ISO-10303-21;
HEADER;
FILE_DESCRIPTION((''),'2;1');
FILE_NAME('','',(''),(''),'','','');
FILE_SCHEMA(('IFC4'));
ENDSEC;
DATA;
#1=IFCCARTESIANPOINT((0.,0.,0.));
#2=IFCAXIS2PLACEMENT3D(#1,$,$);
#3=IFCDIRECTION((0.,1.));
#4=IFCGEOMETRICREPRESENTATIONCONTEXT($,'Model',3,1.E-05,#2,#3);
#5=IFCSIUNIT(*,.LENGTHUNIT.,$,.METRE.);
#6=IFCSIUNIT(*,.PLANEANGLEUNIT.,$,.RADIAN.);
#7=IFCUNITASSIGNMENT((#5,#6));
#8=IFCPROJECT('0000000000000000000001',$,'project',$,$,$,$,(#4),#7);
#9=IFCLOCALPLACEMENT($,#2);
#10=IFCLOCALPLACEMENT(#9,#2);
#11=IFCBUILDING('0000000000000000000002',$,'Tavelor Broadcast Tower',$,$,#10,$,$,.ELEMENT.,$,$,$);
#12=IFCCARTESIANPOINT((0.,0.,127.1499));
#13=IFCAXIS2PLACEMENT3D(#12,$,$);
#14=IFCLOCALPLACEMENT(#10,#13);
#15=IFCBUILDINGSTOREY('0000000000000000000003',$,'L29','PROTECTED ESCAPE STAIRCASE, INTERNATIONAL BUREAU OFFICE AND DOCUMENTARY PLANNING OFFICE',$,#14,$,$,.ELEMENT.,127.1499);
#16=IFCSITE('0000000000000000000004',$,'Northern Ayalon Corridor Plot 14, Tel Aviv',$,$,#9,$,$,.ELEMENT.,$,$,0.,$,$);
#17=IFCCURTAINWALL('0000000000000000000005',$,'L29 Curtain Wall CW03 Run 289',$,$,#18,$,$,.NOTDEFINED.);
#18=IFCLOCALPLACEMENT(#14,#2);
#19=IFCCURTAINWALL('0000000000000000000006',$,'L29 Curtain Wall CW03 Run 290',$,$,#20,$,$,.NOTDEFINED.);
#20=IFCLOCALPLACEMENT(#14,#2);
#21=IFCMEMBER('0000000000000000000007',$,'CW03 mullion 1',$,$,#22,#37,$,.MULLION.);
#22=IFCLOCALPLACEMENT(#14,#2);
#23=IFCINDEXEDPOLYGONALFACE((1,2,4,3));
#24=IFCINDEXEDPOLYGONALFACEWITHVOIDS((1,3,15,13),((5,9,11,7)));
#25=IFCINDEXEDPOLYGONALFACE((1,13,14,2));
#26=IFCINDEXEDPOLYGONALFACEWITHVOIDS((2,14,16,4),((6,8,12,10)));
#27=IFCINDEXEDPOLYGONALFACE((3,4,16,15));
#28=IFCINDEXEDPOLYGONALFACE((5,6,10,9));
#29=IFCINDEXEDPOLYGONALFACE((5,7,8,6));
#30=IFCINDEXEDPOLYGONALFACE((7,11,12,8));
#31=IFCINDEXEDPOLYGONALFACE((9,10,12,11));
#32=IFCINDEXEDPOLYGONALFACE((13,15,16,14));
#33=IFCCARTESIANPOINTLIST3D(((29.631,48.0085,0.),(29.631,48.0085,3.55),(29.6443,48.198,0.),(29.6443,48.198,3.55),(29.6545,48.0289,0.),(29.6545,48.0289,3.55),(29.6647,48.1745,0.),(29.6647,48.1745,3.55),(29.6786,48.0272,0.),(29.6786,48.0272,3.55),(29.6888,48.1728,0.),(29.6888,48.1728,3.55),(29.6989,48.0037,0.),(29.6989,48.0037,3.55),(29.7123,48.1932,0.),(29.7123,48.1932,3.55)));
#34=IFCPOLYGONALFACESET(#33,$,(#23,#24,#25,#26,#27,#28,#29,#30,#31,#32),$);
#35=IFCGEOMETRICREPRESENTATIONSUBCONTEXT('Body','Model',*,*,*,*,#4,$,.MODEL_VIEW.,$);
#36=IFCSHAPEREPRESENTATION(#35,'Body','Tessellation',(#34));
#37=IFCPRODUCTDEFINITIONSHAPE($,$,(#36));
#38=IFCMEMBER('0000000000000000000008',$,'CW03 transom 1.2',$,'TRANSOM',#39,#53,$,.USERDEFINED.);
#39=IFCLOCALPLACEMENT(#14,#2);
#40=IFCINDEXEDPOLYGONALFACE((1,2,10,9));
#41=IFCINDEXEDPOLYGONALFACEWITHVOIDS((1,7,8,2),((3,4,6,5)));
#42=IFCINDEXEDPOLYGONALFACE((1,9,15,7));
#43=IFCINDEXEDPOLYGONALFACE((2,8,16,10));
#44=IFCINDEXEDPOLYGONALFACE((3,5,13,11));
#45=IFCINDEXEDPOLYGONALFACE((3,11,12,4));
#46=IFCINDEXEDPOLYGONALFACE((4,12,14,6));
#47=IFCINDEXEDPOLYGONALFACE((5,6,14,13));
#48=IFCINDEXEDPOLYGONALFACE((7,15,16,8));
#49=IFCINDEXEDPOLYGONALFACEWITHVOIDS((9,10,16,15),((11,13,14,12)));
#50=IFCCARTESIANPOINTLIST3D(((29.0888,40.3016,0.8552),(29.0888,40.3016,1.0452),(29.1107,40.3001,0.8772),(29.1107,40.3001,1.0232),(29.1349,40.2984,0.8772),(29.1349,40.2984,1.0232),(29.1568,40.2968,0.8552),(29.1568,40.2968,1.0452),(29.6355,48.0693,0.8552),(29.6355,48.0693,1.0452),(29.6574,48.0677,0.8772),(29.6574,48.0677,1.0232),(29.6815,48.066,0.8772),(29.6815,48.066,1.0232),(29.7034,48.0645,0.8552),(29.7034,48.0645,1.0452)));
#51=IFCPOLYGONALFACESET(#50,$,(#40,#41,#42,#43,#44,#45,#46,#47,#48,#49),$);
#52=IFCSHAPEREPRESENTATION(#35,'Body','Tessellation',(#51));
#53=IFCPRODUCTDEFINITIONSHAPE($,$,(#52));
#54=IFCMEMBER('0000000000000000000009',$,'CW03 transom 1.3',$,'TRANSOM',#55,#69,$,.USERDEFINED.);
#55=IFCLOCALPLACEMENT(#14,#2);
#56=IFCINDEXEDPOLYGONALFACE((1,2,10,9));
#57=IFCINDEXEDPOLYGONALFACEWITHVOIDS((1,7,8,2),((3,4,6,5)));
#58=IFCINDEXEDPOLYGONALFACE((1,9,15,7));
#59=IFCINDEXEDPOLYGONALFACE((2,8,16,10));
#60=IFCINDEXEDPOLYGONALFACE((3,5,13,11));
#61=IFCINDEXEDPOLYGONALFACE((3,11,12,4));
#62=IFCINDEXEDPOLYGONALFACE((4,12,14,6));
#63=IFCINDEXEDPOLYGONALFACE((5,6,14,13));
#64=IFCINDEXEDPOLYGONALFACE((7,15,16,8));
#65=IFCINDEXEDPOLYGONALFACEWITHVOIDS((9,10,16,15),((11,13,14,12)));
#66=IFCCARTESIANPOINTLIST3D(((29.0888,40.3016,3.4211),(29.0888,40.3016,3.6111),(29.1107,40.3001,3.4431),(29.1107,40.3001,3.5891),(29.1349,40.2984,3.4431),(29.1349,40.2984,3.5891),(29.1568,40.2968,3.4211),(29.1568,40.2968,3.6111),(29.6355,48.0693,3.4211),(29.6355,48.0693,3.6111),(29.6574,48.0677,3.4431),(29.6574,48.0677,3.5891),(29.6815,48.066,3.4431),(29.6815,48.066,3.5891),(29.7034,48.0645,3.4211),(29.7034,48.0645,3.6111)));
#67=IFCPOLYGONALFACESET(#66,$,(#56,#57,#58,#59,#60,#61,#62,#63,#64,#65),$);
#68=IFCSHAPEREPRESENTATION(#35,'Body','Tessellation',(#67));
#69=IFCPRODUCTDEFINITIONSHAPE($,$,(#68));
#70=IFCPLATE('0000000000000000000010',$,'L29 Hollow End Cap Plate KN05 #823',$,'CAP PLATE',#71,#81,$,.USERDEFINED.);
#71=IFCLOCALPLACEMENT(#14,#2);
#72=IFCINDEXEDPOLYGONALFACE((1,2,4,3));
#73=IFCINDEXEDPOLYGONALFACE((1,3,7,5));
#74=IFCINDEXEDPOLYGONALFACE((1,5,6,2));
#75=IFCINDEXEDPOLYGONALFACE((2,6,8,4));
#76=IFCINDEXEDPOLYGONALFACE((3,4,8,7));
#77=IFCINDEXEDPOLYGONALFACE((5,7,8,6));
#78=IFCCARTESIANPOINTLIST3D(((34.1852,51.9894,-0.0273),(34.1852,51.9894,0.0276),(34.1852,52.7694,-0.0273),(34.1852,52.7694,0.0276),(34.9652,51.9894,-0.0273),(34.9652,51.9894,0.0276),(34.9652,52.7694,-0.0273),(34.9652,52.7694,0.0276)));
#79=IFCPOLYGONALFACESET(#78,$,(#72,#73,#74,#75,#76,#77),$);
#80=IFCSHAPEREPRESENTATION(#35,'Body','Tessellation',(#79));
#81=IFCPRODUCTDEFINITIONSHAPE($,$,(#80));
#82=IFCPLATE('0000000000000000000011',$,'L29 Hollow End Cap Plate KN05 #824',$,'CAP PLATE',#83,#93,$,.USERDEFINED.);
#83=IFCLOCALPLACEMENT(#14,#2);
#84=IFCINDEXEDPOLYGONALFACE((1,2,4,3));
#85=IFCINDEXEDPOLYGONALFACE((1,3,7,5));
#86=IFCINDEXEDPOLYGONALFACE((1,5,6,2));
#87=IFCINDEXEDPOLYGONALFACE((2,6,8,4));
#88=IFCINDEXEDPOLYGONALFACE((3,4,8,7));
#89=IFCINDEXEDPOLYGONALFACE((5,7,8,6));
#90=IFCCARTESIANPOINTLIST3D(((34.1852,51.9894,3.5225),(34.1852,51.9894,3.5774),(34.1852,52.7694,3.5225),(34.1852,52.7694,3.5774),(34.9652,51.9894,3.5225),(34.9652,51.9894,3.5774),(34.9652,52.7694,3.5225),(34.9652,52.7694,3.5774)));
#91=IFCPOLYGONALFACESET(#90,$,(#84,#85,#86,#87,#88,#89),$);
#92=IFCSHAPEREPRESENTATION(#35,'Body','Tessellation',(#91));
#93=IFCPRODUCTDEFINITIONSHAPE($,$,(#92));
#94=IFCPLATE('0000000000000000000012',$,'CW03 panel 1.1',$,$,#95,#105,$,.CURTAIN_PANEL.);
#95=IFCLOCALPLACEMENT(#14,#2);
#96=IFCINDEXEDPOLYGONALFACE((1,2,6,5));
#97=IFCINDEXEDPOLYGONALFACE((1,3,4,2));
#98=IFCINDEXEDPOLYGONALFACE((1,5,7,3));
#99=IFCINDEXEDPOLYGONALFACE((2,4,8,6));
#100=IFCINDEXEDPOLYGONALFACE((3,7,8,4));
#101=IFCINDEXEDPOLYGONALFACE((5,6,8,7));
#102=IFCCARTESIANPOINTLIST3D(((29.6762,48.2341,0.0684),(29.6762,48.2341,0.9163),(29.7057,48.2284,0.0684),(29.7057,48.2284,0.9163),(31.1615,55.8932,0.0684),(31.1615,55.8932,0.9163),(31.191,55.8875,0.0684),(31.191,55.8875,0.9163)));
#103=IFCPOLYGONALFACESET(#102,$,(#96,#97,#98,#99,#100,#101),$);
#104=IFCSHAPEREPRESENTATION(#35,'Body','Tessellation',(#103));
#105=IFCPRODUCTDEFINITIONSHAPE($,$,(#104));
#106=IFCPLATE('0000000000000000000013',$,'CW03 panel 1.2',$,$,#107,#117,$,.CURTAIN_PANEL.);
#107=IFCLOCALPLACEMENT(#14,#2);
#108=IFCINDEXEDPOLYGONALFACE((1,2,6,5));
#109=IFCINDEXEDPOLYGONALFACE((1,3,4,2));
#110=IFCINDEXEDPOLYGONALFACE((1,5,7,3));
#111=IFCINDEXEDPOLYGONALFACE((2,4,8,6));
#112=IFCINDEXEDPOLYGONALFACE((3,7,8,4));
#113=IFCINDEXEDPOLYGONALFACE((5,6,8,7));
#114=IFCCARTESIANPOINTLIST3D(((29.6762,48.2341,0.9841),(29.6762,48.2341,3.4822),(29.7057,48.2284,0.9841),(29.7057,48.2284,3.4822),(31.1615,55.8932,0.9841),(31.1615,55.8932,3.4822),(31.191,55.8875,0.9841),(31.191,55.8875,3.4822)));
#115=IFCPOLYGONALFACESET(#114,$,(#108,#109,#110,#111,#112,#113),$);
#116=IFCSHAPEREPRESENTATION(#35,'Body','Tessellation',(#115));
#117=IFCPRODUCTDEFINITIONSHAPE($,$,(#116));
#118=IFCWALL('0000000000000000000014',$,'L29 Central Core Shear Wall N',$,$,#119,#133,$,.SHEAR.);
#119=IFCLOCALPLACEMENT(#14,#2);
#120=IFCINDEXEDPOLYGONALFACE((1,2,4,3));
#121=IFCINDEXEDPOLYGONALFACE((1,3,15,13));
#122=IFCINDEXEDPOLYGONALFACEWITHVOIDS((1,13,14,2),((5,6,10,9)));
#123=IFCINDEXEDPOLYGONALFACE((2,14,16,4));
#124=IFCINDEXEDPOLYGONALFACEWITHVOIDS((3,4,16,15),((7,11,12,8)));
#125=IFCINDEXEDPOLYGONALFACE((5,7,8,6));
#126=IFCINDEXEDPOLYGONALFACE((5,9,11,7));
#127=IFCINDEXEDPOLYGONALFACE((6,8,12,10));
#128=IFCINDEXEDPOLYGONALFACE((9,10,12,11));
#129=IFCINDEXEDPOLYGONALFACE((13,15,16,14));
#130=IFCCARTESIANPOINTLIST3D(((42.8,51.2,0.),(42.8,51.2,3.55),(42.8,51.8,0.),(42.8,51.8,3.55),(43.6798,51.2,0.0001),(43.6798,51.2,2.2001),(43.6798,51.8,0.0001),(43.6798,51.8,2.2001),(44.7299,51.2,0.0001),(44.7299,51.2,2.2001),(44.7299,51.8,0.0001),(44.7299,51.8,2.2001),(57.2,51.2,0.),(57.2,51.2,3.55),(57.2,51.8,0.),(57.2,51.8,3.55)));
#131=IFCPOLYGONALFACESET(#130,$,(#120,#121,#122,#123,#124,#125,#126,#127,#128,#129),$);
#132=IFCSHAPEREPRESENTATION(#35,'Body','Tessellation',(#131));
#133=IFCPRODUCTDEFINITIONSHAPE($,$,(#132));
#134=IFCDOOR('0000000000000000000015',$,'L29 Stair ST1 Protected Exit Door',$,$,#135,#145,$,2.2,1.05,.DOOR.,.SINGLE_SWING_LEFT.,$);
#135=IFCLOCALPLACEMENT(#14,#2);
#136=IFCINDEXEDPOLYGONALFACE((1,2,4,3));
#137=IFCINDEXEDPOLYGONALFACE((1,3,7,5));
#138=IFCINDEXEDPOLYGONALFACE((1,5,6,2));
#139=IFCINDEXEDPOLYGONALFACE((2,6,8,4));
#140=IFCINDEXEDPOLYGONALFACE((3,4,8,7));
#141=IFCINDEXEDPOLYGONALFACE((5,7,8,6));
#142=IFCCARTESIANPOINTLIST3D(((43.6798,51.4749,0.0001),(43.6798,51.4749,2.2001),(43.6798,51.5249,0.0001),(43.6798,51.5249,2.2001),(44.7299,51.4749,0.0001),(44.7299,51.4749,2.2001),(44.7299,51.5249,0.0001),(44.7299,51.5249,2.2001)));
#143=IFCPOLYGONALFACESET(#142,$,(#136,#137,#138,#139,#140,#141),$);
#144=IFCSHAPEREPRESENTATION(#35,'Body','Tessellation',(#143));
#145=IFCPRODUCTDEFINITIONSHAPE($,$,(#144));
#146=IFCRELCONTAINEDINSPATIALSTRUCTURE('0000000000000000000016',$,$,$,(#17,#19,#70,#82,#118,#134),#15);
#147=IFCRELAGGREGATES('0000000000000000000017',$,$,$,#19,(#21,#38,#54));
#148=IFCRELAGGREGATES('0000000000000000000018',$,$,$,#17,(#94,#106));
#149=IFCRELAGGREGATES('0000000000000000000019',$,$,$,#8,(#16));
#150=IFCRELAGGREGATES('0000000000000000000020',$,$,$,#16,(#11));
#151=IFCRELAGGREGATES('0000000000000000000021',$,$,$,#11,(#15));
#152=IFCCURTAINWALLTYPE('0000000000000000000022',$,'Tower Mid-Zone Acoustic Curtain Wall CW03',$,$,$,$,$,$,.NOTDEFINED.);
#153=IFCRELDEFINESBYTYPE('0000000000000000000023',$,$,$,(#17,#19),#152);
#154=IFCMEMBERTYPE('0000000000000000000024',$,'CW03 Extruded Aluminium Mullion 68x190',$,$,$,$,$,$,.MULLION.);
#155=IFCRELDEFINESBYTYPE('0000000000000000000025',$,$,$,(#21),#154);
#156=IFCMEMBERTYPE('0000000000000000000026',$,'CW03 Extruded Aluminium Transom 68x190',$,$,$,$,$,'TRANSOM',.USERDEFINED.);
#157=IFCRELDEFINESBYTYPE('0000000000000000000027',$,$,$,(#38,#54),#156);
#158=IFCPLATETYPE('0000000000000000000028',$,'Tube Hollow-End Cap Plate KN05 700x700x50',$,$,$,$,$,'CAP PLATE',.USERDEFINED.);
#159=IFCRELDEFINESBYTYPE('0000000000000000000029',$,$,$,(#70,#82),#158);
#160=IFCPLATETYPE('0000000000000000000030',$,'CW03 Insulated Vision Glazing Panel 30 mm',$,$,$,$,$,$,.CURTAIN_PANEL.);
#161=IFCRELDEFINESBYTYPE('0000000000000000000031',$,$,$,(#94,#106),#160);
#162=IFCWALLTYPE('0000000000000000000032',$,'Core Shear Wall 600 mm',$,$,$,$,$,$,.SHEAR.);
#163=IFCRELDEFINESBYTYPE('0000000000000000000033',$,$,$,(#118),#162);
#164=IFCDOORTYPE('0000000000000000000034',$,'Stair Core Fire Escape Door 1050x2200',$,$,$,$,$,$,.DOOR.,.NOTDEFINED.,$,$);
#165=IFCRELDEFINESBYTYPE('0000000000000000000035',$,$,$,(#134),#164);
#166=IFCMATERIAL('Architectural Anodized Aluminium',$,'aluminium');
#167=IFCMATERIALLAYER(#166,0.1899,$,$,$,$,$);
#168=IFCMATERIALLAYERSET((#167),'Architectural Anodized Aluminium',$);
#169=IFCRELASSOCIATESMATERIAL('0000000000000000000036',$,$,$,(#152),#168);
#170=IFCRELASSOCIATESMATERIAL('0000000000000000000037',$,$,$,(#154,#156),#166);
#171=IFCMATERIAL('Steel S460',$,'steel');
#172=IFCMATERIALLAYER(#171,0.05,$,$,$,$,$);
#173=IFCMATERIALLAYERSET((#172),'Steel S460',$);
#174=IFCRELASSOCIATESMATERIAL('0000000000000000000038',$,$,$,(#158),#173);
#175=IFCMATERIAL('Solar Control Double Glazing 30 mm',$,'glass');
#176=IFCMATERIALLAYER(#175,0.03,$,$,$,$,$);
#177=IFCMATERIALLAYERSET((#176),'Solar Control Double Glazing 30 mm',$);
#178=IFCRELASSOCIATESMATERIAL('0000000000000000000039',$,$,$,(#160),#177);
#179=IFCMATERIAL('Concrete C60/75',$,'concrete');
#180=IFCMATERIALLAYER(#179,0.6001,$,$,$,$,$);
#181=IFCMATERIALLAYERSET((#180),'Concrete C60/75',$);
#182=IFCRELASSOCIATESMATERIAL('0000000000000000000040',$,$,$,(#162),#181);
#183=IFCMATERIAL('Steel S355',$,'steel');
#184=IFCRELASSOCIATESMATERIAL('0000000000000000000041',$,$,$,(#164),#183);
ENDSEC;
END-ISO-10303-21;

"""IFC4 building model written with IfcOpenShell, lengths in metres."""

from ifc_helpers import new_model, si_unit, direction, frame, frame_2d, origin, origin_2d, place, context, subcontext, project, spatial, rectangle, hollow_rectangle, extrude, source, transform, mapped, material, layer, layer_set, material_profile, profile_set, type_object, type_shapes, element, fill, aggregate, save


model = new_model("IFC4")

# Units and contexts
model_context = context("Model", 3, precision=1e-05, world=origin(), true_north=direction((0.0, 1.0)))
body_context = subcontext(model_context, "Body", "Model", "MODEL_VIEW")
ifc_project = project(units=[si_unit("LENGTHUNIT", "METRE"), si_unit("PLANEANGLEUNIT", "RADIAN")], contexts=[model_context])

# Site, building, storey
site_placement = place(None, origin())
site = spatial("IfcSite", under=ifc_project, at=site_placement, Name="Northern Ayalon Corridor Plot 14, Tel Aviv", CompositionType="ELEMENT", RefElevation=0.0)
building_placement = place(site_placement, origin())
building = spatial("IfcBuilding", under=site, at=building_placement, Name="Tavelor Broadcast Tower", CompositionType="ELEMENT")
storey_placement = place(building_placement, frame((0.0, 0.0, 127.1499)))
storey = spatial("IfcBuildingStorey", under=building, at=storey_placement, Name="L29", Description="PROTECTED ESCAPE STAIRCASE, INTERNATIONAL BUREAU OFFICE AND DOCUMENTARY PLANNING OFFICE", CompositionType="ELEMENT", Elevation=127.1499)

# Shared definitions
ifc_material_1 = material(Name="Steel S460", Category="steel")

# Shared definitions
ifc_material_2 = material(Name="Steel S355", Category="steel")

# Curtain wall
ifc_material_3 = material(Name="Architectural Anodized Aluminium", Category="aluminium")
ifc_layer_1 = layer(ifc_material_3, 0.1899)
ifc_layer_set_1 = layer_set([ifc_layer_1], Name="Architectural Anodized Aluminium")
curtain_wall_type = type_object("IfcCurtainWallType", Name="Tower Mid-Zone Acoustic Curtain Wall CW03", PredefinedType="NOTDEFINED", material=ifc_layer_set_1)
curtain_wall_1_placement = place(storey_placement, origin())
curtain_wall_1 = element("IfcCurtainWall", 1, at=curtain_wall_1_placement, inside=storey, type_object=curtain_wall_type, Name="L29 Curtain Wall CW03 Run 289", PredefinedType="NOTDEFINED")
ifc_material_profile_1 = material_profile(ifc_material_3, hollow_rectangle(XDim=0.0681, YDim=0.1899, WallThickness=0.022, at=origin_2d()), Name="RHS 68x190x22")
ifc_profile_set_1 = profile_set([ifc_material_profile_1], Name="Architectural Anodized Aluminium")
member_type_1 = type_object("IfcMemberType", Name="CW03 Extruded Aluminium Mullion 68x190", PredefinedType="MULLION", material=ifc_profile_set_1)
shared_shape_1 = source(origin(), body_context, "Body", "SweptSolid", [
    extrude(hollow_rectangle(XDim=0.0681, YDim=0.1899, WallThickness=0.022, at=origin_2d()), origin(), (0.0, 0.0, 1.0), 3.55),
])
type_shapes(member_type_1, [shared_shape_1])

# Curtain wall, members
curtain_wall_2_placement = place(storey_placement, origin())
curtain_wall_2 = element("IfcCurtainWall", 2, at=curtain_wall_2_placement, inside=storey, type_object=curtain_wall_type, Name="L29 Curtain Wall CW03 Run 290", PredefinedType="NOTDEFINED")
member_1_placement = place(storey_placement, frame((29.6716, 48.1008, 0.0), z_axis=(0.0, 0.0, 1.0), x_axis=(0.997534, -0.070189, 0.0)))
member_1 = element("IfcMember", 3, at=member_1_placement, type_object=member_type_1, Name="CW03 mullion 1", PredefinedType="MULLION", context=body_context, shape_type="MappedRepresentation", body=[
    mapped(shared_shape_1, transform((0.0, 0.0, 0.0), scale=1.0)),
])
ifc_material_profile_2 = material_profile(ifc_material_3, hollow_rectangle(XDim=0.0681, YDim=0.1899, WallThickness=0.022, at=origin_2d()), Name="RHS 68x190x22")
ifc_profile_set_2 = profile_set([ifc_material_profile_2], Name="Architectural Anodized Aluminium")
member_type_2 = type_object("IfcMemberType", Name="CW03 Extruded Aluminium Transom 68x190", ElementType="TRANSOM", PredefinedType="USERDEFINED", material=ifc_profile_set_2)
shared_shape_2 = source(origin(), body_context, "Body", "SweptSolid", [
    extrude(hollow_rectangle(XDim=0.0681, YDim=0.1899, WallThickness=0.022, at=origin_2d()), origin(), (0.0, 0.0, 1.0), 7.7869),
])
type_shapes(member_type_2, [shared_shape_2])
member_2_placement = place(storey_placement, frame((29.6694, 48.0669, 0.9502), z_axis=(-0.0702, -0.997533, 0.0), x_axis=(0.997533, -0.0702, 0.0)))
member_2 = element("IfcMember", 4, at=member_2_placement, type_object=member_type_2, Name="CW03 transom 1.2", ObjectType="TRANSOM", PredefinedType="USERDEFINED", context=body_context, shape_type="MappedRepresentation", body=[
    mapped(shared_shape_2, transform((0.0, 0.0, 0.0), scale=1.0)),
])
member_3_placement = place(storey_placement, frame((29.6694, 48.0669, 3.5161), z_axis=(-0.0702, -0.997533, 0.0), x_axis=(0.997533, -0.0702, 0.0)))
member_3 = element("IfcMember", 5, at=member_3_placement, type_object=member_type_2, Name="CW03 transom 1.3", ObjectType="TRANSOM", PredefinedType="USERDEFINED", context=body_context, shape_type="MappedRepresentation", body=[
    mapped(shared_shape_2, transform((0.0, 0.0, 0.0), scale=1.0)),
])
aggregate(curtain_wall_2, [member_1, member_2, member_3])

# Plates
ifc_layer_2 = layer(ifc_material_1, 0.05)
ifc_layer_set_2 = layer_set([ifc_layer_2], Name="Steel S460")
plate_type_1 = type_object("IfcPlateType", Name="Tube Hollow-End Cap Plate KN05 700x700x50", ElementType="CAP PLATE", PredefinedType="USERDEFINED", material=ifc_layer_set_2)
shared_shape_3 = source(origin(), body_context, "Body", "SweptSolid", [
    extrude(rectangle(XDim=0.78, YDim=0.78, at=origin_2d()), origin(), (0.0, 0.0, 1.0), 0.0549),
])
type_shapes(plate_type_1, [shared_shape_3])
for number, where, z_axis, x_axis, name in (
    (6, (34.5752, 52.3794, -0.0273), (0.0, 0.0, 1.0), (1.0, 0.0, 0.0), "L29 Hollow End Cap Plate KN05 #823"),
    (7, (34.5752, 52.3794, 3.5225), (0.0, 0.0, 1.0), (1.0, 0.0, 0.0), "L29 Hollow End Cap Plate KN05 #824"),
):
    element("IfcPlate", number, at=place(storey_placement, frame(where, z_axis=z_axis, x_axis=x_axis)), inside=storey, type_object=plate_type_1, Name=name, ObjectType="CAP PLATE", PredefinedType="USERDEFINED", context=body_context, shape_type="MappedRepresentation", body=[
        mapped(shared_shape_3, transform((0.0, 0.0, 0.0), scale=1.0)),
    ])

# Plates
ifc_material_4 = material(Name="Solar Control Double Glazing 30 mm", Category="glass")
ifc_layer_3 = layer(ifc_material_4, 0.03)
ifc_layer_set_3 = layer_set([ifc_layer_3], Name="Solar Control Double Glazing 30 mm")
plate_type_2 = type_object("IfcPlateType", Name="CW03 Insulated Vision Glazing Panel 30 mm", PredefinedType="CURTAIN_PANEL", material=ifc_layer_set_3)
shared_shape_4 = source(origin(), body_context, "Body", "SweptSolid", [
    extrude(rectangle(XDim=7.8018, YDim=0.03, at=origin_2d()), origin(), (0.0, 0.0, 1.0), 0.8479),
])
plate_1_placement = place(storey_placement, frame((30.4336, 52.0608, 0.0684), z_axis=(0.0, 0.0, 1.0), x_axis=(-0.190378, -0.981711, 0.0)))
plate_1 = element("IfcPlate", 8, at=plate_1_placement, type_object=plate_type_2, Name="CW03 panel 1.1", PredefinedType="CURTAIN_PANEL", context=body_context, shape_type="MappedRepresentation", body=[
    mapped(shared_shape_4, transform((0.0, 0.0, 0.0), scale=1.0)),
])
shared_shape_5 = source(origin(), body_context, "Body", "SweptSolid", [
    extrude(rectangle(XDim=7.8018, YDim=0.03, at=origin_2d()), origin(), (0.0, 0.0, 1.0), 2.498),
])
type_shapes(plate_type_2, [shared_shape_4, shared_shape_5])
plate_2_placement = place(storey_placement, frame((30.4336, 52.0608, 0.9841), z_axis=(0.0, 0.0, 1.0), x_axis=(-0.190378, -0.981711, 0.0)))
plate_2 = element("IfcPlate", 9, at=plate_2_placement, type_object=plate_type_2, Name="CW03 panel 1.2", PredefinedType="CURTAIN_PANEL", context=body_context, shape_type="MappedRepresentation", body=[
    mapped(shared_shape_5, transform((0.0, 0.0, 0.0), scale=1.0)),
])
aggregate(curtain_wall_1, [plate_1, plate_2])

# Wall, opening, door
ifc_material_5 = material(Name="Concrete C60/75", Category="concrete")
ifc_layer_4 = layer(ifc_material_5, 0.6001)
ifc_layer_set_4 = layer_set([ifc_layer_4], Name="Concrete C60/75")
wall_type_1 = type_object("IfcWallType", Name="Core Shear Wall 600 mm", PredefinedType="SHEAR", material=ifc_layer_set_4)
wall_1_placement = place(storey_placement, frame((42.8, 51.5, 0.0), z_axis=(0.0, 0.0, 1.0), x_axis=(1.0, 0.0, 0.0)))
wall_1 = element("IfcWall", 10, at=wall_1_placement, inside=storey, type_object=wall_type_1, Name="L29 Central Core Shear Wall N", PredefinedType="SHEAR", context=body_context, shape_type="SweptSolid", body=[
    extrude(rectangle(XDim=14.3999, YDim=0.6001, at=frame_2d((7.2, 0.0))), origin(), (0.0, 0.0, 1.0), 3.55),
])
opening_1_placement = place(wall_1_placement, frame((0.8799, 0.0, 0.0)))
opening_1 = element("IfcOpeningElement", 11, at=opening_1_placement, cuts=wall_1, PredefinedType="OPENING", context=body_context, shape_type="SweptSolid", body=[
    extrude(rectangle(XDim=1.05, YDim=2.2, at=frame_2d((0.5249, 1.1001))), frame((0.0, 0.3101, 0.0), z_axis=(0.0, -1.0, 0.0), x_axis=(1.0, 0.0, 0.0)), (0.0, 0.0, 1.0), 0.6201),
])
door_type_1 = type_object("IfcDoorType", Name="Stair Core Fire Escape Door 1050x2200", OperationType="NOTDEFINED", PredefinedType="DOOR", material=ifc_material_2)
door_1_placement = place(opening_1_placement, origin())
door_1 = element("IfcDoor", 12, at=door_1_placement, inside=storey, type_object=door_type_1, Name="L29 Stair ST1 Protected Exit Door", OperationType="SINGLE_SWING_LEFT", OverallHeight=2.2, OverallWidth=1.05, PredefinedType="DOOR", context=body_context, shape_type="SweptSolid", body=[
    extrude(rectangle(XDim=1.05, YDim=2.2, at=frame_2d((0.5249, 1.1001))), frame((0.0, 0.0249, 0.0), z_axis=(0.0, -1.0, 0.0), x_axis=(1.0, 0.0, 0.0)), (0.0, 0.0, 1.0), 0.05),
])
fill(opening_1, door_1)

save(model, "model.ifc")
